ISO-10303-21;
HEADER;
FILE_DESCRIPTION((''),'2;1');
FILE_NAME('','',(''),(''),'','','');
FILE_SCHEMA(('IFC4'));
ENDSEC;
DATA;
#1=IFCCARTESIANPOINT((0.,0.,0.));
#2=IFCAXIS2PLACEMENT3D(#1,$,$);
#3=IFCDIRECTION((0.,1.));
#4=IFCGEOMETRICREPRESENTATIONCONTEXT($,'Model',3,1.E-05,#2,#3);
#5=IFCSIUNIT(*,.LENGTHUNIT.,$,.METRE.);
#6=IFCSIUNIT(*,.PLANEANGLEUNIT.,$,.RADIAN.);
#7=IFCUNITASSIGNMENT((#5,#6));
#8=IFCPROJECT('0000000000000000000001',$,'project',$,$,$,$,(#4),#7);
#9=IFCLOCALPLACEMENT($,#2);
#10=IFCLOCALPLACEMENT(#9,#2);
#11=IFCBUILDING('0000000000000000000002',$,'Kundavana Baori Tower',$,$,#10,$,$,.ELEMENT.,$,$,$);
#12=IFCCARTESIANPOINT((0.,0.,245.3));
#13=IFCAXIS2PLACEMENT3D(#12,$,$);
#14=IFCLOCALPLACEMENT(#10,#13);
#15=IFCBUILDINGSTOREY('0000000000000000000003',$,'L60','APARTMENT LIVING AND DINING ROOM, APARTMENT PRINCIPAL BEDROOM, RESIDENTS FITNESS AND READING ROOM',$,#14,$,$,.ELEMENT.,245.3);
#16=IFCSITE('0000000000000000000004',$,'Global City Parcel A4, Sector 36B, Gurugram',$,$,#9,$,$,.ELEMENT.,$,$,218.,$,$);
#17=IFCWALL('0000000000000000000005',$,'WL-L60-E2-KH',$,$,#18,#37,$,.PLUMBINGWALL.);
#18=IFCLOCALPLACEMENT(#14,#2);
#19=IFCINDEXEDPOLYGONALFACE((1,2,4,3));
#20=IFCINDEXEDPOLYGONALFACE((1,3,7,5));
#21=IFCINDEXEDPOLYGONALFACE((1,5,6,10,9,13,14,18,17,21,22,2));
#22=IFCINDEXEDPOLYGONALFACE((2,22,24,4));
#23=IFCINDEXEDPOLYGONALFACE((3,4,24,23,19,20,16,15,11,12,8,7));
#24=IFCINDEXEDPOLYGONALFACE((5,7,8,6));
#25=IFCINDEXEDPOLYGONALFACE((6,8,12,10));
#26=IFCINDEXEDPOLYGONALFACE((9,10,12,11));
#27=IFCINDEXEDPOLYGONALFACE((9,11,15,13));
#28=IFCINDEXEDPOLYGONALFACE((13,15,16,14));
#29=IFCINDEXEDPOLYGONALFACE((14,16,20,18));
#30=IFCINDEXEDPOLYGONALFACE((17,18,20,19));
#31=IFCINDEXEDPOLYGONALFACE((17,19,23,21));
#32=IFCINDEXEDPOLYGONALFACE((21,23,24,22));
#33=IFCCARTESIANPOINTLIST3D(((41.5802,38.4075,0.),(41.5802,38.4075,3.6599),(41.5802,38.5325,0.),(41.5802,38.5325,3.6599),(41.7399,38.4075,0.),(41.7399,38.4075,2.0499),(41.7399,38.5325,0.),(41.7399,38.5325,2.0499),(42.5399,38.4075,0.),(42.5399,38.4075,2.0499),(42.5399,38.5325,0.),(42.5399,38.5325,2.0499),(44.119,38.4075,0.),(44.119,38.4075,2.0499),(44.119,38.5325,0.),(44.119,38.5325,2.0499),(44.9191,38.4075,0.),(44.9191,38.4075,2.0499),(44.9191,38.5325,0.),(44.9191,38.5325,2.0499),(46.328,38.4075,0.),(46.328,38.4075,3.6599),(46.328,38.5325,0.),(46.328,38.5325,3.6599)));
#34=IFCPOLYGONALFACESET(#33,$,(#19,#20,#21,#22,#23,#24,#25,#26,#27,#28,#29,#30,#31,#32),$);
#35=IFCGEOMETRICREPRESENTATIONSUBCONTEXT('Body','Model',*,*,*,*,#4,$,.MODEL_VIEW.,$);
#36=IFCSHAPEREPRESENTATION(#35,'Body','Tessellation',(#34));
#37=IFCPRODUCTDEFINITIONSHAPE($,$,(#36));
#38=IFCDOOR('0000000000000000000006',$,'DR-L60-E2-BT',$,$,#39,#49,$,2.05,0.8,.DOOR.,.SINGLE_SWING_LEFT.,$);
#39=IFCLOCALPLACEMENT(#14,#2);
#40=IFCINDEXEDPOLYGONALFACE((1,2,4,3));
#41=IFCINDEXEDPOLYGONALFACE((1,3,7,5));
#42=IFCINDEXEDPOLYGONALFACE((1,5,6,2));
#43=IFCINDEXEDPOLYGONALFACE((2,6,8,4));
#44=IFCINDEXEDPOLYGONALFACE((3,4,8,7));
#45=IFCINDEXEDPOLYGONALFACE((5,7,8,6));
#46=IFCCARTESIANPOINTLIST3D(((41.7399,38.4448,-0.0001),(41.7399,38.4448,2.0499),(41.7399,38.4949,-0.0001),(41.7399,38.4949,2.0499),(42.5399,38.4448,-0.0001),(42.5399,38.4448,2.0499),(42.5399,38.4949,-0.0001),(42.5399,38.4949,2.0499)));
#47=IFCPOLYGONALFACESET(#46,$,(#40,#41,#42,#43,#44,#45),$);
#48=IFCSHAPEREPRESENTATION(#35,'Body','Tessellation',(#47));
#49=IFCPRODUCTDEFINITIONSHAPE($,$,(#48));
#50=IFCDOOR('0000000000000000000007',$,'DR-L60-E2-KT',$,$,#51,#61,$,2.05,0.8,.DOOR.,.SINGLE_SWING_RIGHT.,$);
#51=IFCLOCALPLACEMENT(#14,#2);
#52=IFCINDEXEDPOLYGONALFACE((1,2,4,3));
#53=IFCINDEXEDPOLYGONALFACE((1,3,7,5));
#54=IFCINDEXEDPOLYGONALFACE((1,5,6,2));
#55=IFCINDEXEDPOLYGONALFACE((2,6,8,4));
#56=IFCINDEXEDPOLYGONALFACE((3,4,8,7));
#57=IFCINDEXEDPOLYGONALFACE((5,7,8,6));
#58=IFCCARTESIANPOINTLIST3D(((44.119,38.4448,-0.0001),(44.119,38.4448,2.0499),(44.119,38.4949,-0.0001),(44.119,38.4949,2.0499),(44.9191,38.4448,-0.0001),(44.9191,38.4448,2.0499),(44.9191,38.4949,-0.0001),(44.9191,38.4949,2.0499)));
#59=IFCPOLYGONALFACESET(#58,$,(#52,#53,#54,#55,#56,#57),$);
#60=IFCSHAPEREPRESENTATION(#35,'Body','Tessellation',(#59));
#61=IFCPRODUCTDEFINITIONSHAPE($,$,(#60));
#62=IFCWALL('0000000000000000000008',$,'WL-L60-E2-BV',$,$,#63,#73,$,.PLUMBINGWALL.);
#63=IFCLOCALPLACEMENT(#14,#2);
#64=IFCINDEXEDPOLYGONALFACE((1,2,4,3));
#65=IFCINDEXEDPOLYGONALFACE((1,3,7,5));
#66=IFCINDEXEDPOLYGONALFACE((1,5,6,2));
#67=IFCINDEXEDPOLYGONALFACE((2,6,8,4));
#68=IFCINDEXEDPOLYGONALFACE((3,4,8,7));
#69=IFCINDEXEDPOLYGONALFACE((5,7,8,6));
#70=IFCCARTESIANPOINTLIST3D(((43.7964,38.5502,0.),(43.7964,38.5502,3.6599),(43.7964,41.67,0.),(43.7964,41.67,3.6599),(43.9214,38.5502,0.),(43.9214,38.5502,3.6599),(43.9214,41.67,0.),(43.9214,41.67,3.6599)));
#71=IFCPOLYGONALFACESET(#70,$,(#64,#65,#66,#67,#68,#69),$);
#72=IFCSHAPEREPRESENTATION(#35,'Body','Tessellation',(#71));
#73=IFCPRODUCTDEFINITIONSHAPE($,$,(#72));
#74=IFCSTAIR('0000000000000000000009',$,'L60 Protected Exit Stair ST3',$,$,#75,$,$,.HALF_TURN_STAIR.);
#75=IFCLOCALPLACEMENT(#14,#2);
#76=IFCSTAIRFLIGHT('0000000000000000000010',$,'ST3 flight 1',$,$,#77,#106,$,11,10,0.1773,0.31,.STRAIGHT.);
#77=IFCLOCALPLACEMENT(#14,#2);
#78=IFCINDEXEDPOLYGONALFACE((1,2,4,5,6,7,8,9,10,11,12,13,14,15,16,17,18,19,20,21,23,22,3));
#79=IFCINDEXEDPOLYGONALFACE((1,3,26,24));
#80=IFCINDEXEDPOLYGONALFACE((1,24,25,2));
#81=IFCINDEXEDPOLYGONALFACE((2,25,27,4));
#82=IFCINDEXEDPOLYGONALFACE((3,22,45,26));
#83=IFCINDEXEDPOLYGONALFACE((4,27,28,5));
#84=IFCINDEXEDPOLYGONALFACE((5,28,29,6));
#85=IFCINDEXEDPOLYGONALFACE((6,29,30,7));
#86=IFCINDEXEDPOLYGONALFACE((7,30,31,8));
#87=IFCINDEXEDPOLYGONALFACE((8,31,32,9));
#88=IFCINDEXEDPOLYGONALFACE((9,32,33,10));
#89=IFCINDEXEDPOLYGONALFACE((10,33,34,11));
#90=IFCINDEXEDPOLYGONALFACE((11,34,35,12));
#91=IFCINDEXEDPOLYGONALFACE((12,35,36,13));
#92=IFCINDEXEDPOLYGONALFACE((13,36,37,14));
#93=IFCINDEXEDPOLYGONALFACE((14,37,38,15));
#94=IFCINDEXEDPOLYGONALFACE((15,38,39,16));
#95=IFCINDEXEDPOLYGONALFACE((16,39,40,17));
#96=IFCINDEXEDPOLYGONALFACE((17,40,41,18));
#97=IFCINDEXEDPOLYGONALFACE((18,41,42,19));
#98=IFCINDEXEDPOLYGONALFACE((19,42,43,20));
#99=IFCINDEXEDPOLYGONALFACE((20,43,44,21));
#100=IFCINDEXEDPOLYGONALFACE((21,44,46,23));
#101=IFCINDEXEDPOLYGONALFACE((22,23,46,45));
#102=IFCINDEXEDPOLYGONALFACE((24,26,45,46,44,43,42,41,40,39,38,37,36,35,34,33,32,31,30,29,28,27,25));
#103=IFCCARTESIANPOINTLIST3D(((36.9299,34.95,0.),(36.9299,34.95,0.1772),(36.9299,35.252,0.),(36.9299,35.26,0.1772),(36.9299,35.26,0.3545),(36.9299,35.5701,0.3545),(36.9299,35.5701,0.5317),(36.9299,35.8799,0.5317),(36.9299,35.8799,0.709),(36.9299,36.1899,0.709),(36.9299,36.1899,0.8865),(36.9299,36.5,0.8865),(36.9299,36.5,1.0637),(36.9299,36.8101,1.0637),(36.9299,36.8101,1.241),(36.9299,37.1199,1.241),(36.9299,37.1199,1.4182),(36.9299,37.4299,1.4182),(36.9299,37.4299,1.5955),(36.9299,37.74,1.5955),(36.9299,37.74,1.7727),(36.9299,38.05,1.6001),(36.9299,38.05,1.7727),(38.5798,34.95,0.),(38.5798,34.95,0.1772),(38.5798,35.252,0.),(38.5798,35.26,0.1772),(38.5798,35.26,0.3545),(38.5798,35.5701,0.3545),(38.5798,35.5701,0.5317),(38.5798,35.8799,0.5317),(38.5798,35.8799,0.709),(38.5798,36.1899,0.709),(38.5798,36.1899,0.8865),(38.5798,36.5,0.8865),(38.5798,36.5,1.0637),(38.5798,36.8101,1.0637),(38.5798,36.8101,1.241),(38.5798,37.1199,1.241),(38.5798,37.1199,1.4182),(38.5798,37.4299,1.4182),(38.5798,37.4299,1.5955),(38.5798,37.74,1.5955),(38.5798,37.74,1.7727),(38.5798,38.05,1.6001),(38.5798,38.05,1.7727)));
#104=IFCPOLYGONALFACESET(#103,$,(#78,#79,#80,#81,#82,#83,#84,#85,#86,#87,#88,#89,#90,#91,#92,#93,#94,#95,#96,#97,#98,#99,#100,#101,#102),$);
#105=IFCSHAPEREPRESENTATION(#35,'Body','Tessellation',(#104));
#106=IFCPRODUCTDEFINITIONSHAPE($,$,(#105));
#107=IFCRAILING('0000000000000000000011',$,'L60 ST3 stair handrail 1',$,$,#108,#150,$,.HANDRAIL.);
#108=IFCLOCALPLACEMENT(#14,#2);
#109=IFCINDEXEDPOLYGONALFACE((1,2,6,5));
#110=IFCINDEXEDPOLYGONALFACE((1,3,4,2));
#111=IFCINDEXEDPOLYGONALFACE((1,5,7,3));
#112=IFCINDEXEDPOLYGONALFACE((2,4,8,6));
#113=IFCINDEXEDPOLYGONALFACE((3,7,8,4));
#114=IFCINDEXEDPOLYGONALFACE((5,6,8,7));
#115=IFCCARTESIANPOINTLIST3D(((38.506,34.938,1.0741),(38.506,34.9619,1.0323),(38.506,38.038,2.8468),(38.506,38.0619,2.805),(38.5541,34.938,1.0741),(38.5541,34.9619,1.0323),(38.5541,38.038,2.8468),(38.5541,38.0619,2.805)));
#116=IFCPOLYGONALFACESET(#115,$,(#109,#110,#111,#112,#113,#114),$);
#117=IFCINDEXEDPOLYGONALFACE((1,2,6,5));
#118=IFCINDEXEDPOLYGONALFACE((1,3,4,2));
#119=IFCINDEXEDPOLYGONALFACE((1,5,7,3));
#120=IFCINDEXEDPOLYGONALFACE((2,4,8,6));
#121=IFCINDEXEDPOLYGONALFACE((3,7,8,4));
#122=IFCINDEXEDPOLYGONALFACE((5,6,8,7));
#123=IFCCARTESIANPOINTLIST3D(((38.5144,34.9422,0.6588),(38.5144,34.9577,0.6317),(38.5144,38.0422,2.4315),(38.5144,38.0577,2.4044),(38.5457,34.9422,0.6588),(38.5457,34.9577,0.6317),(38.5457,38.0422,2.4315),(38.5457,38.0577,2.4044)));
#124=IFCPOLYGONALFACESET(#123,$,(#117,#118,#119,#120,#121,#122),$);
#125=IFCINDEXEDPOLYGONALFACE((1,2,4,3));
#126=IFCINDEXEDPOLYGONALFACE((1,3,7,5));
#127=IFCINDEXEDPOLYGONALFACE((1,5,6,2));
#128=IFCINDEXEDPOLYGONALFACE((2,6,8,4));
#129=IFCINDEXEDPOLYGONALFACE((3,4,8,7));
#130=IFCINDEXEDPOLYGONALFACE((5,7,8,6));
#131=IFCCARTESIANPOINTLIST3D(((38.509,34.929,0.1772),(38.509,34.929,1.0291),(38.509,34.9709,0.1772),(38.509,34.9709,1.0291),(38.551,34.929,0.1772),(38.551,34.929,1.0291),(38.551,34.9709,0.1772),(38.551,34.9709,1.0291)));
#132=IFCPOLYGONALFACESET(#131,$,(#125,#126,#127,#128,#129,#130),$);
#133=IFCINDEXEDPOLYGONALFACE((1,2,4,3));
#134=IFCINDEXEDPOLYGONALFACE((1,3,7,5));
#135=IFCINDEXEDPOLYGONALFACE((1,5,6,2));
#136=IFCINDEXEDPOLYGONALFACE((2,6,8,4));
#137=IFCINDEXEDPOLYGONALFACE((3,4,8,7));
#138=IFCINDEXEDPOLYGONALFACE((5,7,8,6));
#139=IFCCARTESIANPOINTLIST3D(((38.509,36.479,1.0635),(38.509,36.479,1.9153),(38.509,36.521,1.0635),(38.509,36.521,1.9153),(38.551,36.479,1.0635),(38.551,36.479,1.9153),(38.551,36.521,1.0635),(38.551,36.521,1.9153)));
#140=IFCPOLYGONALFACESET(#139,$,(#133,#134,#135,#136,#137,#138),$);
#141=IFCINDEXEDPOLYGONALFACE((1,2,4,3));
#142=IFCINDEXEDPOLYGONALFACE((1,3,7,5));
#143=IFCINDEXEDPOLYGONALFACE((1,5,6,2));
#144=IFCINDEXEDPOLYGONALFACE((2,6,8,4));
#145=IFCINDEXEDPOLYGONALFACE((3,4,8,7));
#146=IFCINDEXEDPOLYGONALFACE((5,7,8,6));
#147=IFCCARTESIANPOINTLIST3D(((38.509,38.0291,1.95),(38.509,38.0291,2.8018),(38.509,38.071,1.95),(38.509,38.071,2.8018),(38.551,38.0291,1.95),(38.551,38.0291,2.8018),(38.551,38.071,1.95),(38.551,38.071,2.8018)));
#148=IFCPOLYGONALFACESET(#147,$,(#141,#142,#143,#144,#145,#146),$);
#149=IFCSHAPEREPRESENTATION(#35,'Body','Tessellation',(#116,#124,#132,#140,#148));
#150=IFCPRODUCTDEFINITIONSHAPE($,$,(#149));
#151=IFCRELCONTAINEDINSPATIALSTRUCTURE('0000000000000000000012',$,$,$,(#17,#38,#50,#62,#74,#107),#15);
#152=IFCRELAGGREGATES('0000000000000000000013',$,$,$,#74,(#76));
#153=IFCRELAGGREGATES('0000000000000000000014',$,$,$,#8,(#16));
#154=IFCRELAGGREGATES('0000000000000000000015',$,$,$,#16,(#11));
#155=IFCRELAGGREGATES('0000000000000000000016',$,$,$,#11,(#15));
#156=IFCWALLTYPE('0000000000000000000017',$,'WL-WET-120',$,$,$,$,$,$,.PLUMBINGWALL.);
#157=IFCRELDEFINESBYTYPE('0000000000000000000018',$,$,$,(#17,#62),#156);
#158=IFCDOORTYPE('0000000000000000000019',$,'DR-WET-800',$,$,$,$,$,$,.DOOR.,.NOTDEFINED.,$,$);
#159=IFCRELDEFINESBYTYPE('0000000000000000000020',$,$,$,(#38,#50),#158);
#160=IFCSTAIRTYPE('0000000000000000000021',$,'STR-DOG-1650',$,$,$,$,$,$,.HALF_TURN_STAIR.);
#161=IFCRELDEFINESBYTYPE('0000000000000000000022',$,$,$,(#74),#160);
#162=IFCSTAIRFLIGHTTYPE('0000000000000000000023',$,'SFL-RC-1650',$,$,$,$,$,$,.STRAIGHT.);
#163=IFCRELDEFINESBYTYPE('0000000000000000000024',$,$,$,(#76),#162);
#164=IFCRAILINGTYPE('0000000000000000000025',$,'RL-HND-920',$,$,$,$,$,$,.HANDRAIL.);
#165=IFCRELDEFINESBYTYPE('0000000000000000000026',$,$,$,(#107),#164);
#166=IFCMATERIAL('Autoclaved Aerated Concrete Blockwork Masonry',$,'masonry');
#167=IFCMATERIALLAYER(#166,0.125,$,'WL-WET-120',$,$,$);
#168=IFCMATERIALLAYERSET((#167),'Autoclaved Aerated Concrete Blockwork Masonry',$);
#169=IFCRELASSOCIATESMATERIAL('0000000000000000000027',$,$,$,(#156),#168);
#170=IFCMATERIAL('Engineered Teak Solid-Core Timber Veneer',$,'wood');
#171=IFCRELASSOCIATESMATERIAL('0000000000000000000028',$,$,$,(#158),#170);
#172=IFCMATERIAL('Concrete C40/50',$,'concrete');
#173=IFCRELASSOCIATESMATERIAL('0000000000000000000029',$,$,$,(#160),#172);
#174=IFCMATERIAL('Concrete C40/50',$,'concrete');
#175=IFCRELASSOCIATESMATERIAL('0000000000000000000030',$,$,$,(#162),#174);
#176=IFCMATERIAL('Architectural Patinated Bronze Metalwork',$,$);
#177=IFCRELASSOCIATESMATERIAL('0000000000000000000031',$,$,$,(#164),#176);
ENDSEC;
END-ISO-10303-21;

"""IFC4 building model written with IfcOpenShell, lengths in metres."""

from ifc_helpers import new_model, si_unit, direction, frame, frame_2d, origin, origin_2d, place, context, subcontext, project, spatial, polyline, rectangle, outline, extrude, material, layer, layer_set, type_object, element, fill, aggregate, save


model = new_model("IFC4")

# Units and contexts
model_context = context("Model", 3, precision=1e-05, world=origin(), true_north=direction((0.0, 1.0)))
body_context = subcontext(model_context, "Body", "Model", "MODEL_VIEW")
ifc_project = project(units=[si_unit("LENGTHUNIT", "METRE"), si_unit("PLANEANGLEUNIT", "RADIAN")], contexts=[model_context])

# Site, building, storey
site_placement = place(None, origin())
site = spatial("IfcSite", under=ifc_project, at=site_placement, Name="Global City Parcel A4, Sector 36B, Gurugram", CompositionType="ELEMENT", RefElevation=218.0)
building_placement = place(site_placement, origin())
building = spatial("IfcBuilding", under=site, at=building_placement, Name="Kundavana Baori Tower", CompositionType="ELEMENT")
storey_placement = place(building_placement, frame((0.0, 0.0, 245.3)))
storey = spatial("IfcBuildingStorey", under=building, at=storey_placement, Name="L60", Description="APARTMENT LIVING AND DINING ROOM, APARTMENT PRINCIPAL BEDROOM, RESIDENTS FITNESS AND READING ROOM", CompositionType="ELEMENT", Elevation=245.3)

# Wall, openings, doors
ifc_material_1 = material(Name="Autoclaved Aerated Concrete Blockwork Masonry", Category="masonry")
ifc_layer_1 = layer(ifc_material_1, 0.125, Name="WL-WET-120")
ifc_layer_set_1 = layer_set([ifc_layer_1], Name="Autoclaved Aerated Concrete Blockwork Masonry")
wall_type_1 = type_object("IfcWallType", Name="WL-WET-120", PredefinedType="PLUMBINGWALL", material=ifc_layer_set_1)
wall_1_placement = place(storey_placement, frame((41.5801, 38.47, 0.0), z_axis=(0.0, 0.0, 1.0), x_axis=(1.0, 0.0, 0.0)))
wall_1 = element("IfcWall", 1, at=wall_1_placement, inside=storey, type_object=wall_type_1, Name="WL-L60-E2-KH", PredefinedType="PLUMBINGWALL", context=body_context, shape_type="SweptSolid", body=[
    extrude(rectangle(XDim=4.7478, YDim=0.125, at=frame_2d((2.374, 0.0))), origin(), (0.0, 0.0, 1.0), 3.6599),
])
opening_1_placement = place(wall_1_placement, frame((0.1599, 0.0, 0.0)))
opening_1 = element("IfcOpeningElement", 2, at=opening_1_placement, cuts=wall_1, PredefinedType="OPENING", context=body_context, shape_type="SweptSolid", body=[
    extrude(rectangle(XDim=0.8, YDim=2.05, at=frame_2d((0.3999, 1.0249))), frame((0.0, 0.0725, 0.0), z_axis=(0.0, -1.0, 0.0), x_axis=(1.0, 0.0, 0.0)), (0.0, 0.0, 1.0), 0.145),
])
opening_2_placement = place(wall_1_placement, frame((2.5391, 0.0, 0.0)))
opening_2 = element("IfcOpeningElement", 3, at=opening_2_placement, cuts=wall_1, PredefinedType="OPENING", context=body_context, shape_type="SweptSolid", body=[
    extrude(rectangle(XDim=0.8, YDim=2.05, at=frame_2d((0.3999, 1.0249))), frame((0.0, 0.0725, 0.0), z_axis=(0.0, -1.0, 0.0), x_axis=(1.0, 0.0, 0.0)), (0.0, 0.0, 1.0), 0.145),
])
ifc_material_2 = material(Name="Engineered Teak Solid-Core Timber Veneer", Category="wood")
door_type_1 = type_object("IfcDoorType", Name="DR-WET-800", OperationType="NOTDEFINED", PredefinedType="DOOR", material=ifc_material_2)
door_1_placement = place(opening_1_placement, origin())
door_1 = element("IfcDoor", 4, at=door_1_placement, inside=storey, type_object=door_type_1, Name="DR-L60-E2-BT", OperationType="SINGLE_SWING_LEFT", OverallHeight=2.05, OverallWidth=0.8, PredefinedType="DOOR", context=body_context, shape_type="SweptSolid", body=[
    extrude(rectangle(XDim=0.8, YDim=2.05, at=frame_2d((0.3999, 1.0249))), frame((0.0, 0.0249, 0.0), z_axis=(0.0, -1.0, 0.0), x_axis=(1.0, 0.0, 0.0)), (0.0, 0.0, 1.0), 0.05),
])
fill(opening_1, door_1)
door_2_placement = place(opening_2_placement, origin())
door_2 = element("IfcDoor", 5, at=door_2_placement, inside=storey, type_object=door_type_1, Name="DR-L60-E2-KT", OperationType="SINGLE_SWING_RIGHT", OverallHeight=2.05, OverallWidth=0.8, PredefinedType="DOOR", context=body_context, shape_type="SweptSolid", body=[
    extrude(rectangle(XDim=0.8, YDim=2.05, at=frame_2d((0.3999, 1.0249))), frame((0.0, 0.0249, 0.0), z_axis=(0.0, -1.0, 0.0), x_axis=(1.0, 0.0, 0.0)), (0.0, 0.0, 1.0), 0.05),
])
fill(opening_2, door_2)

# Wall
wall_2_placement = place(storey_placement, frame((43.8589, 38.55, 0.0), z_axis=(0.0, 0.0, 1.0), x_axis=(0.0, 1.0, 0.0)))
element("IfcWall", 6, at=wall_2_placement, inside=storey, type_object=wall_type_1, Name="WL-L60-E2-BV", PredefinedType="PLUMBINGWALL", context=body_context, shape_type="SweptSolid", body=[
    extrude(rectangle(XDim=3.1199, YDim=0.125, at=frame_2d((1.5601, 0.0))), origin(), (0.0, 0.0, 1.0), 3.6599),
])

# Stair, stair flight
ifc_material_3 = material(Name="Concrete C40/50", Category="concrete")
stair_type = type_object("IfcStairType", Name="STR-DOG-1650", PredefinedType="HALF_TURN_STAIR", material=ifc_material_3)
stair_placement = place(storey_placement, origin())
stair = element("IfcStair", 7, at=stair_placement, inside=storey, type_object=stair_type, Name="L60 Protected Exit Stair ST3", PredefinedType="HALF_TURN_STAIR")
ifc_material_4 = material(Name="Concrete C40/50", Category="concrete")
stair_flight_type = type_object("IfcStairFlightType", Name="SFL-RC-1650", PredefinedType="STRAIGHT", material=ifc_material_4)
stair_flight_placement = place(storey_placement, frame((37.7549, 34.95, 0.0), z_axis=(0.0, 0.0, 1.0), x_axis=(0.0, 1.0, 0.0)))
stair_flight = element("IfcStairFlight", 8, at=stair_flight_placement, type_object=stair_flight_type, Name="ST3 flight 1", NumberOfRisers=11, NumberOfTreads=10, PredefinedType="STRAIGHT", RiserHeight=0.1773, TreadLength=0.31, context=body_context, shape_type="SweptSolid", body=[
    extrude(outline(polyline([(0.0, 0.0), (0.0, 0.1772), (0.3101, 0.1772), (0.3101, 0.3545), (0.6201, 0.3545), (0.6201, 0.5317), (0.9299, 0.5317), (0.9299, 0.709), (1.24, 0.709), (1.24, 0.8865), (1.55, 0.8865), (1.55, 1.0637), (1.8601, 1.0637), (1.8601, 1.241), (2.1699, 1.241), (2.1699, 1.4182), (2.48, 1.4182), (2.48, 1.5955), (2.79, 1.5955), (2.79, 1.7727), (3.1001, 1.7727), (3.1001, 1.95), (3.1001, 1.6001), (0.302, 0.0), (0.0, 0.0)])), frame((0.0, 0.825, 0.0), z_axis=(0.0, -1.0, 0.0), x_axis=(1.0, 0.0, 0.0)), (0.0, 0.0, 1.0), 1.6499),
])
aggregate(stair, [stair_flight])

# Railing
ifc_material_5 = material(Name="Architectural Patinated Bronze Metalwork")
railing_type_1 = type_object("IfcRailingType", Name="RL-HND-920", PredefinedType="HANDRAIL", material=ifc_material_5)
railing_1_placement = place(storey_placement, frame((38.53, 34.95, 0.1772)))
element("IfcRailing", 9, at=railing_1_placement, inside=storey, type_object=railing_type_1, Name="L60 ST3 stair handrail 1", PredefinedType="HANDRAIL", context=body_context, shape_type="SweptSolid", body=[
    extrude(rectangle(XDim=0.0481, YDim=0.0481, at=origin_2d()), frame((0.0, 0.0, 0.876), z_axis=(0.0, 0.868096, 0.496397), x_axis=(-1.0, 0.0, 0.0)), (0.0, 0.0, 1.0), 3.571),
    extrude(rectangle(XDim=0.0312, YDim=0.0312, at=origin_2d()), frame((0.0, 0.0, 0.468), z_axis=(0.0, 0.868096, 0.496397), x_axis=(-1.0, 0.0, 0.0)), (0.0, 0.0, 1.0), 3.571),
    extrude(rectangle(XDim=0.042, YDim=0.042, at=origin_2d()), origin(), (0.0, 0.0, 1.0), 0.8518),
    extrude(rectangle(XDim=0.042, YDim=0.042, at=origin_2d()), frame((0.0, 1.55, 0.8862)), (0.0, 0.0, 1.0), 0.8518),
    extrude(rectangle(XDim=0.042, YDim=0.042, at=origin_2d()), frame((0.0, 3.1001, 1.7727)), (0.0, 0.0, 1.0), 0.8518),
])

save(model, "model.ifc")
